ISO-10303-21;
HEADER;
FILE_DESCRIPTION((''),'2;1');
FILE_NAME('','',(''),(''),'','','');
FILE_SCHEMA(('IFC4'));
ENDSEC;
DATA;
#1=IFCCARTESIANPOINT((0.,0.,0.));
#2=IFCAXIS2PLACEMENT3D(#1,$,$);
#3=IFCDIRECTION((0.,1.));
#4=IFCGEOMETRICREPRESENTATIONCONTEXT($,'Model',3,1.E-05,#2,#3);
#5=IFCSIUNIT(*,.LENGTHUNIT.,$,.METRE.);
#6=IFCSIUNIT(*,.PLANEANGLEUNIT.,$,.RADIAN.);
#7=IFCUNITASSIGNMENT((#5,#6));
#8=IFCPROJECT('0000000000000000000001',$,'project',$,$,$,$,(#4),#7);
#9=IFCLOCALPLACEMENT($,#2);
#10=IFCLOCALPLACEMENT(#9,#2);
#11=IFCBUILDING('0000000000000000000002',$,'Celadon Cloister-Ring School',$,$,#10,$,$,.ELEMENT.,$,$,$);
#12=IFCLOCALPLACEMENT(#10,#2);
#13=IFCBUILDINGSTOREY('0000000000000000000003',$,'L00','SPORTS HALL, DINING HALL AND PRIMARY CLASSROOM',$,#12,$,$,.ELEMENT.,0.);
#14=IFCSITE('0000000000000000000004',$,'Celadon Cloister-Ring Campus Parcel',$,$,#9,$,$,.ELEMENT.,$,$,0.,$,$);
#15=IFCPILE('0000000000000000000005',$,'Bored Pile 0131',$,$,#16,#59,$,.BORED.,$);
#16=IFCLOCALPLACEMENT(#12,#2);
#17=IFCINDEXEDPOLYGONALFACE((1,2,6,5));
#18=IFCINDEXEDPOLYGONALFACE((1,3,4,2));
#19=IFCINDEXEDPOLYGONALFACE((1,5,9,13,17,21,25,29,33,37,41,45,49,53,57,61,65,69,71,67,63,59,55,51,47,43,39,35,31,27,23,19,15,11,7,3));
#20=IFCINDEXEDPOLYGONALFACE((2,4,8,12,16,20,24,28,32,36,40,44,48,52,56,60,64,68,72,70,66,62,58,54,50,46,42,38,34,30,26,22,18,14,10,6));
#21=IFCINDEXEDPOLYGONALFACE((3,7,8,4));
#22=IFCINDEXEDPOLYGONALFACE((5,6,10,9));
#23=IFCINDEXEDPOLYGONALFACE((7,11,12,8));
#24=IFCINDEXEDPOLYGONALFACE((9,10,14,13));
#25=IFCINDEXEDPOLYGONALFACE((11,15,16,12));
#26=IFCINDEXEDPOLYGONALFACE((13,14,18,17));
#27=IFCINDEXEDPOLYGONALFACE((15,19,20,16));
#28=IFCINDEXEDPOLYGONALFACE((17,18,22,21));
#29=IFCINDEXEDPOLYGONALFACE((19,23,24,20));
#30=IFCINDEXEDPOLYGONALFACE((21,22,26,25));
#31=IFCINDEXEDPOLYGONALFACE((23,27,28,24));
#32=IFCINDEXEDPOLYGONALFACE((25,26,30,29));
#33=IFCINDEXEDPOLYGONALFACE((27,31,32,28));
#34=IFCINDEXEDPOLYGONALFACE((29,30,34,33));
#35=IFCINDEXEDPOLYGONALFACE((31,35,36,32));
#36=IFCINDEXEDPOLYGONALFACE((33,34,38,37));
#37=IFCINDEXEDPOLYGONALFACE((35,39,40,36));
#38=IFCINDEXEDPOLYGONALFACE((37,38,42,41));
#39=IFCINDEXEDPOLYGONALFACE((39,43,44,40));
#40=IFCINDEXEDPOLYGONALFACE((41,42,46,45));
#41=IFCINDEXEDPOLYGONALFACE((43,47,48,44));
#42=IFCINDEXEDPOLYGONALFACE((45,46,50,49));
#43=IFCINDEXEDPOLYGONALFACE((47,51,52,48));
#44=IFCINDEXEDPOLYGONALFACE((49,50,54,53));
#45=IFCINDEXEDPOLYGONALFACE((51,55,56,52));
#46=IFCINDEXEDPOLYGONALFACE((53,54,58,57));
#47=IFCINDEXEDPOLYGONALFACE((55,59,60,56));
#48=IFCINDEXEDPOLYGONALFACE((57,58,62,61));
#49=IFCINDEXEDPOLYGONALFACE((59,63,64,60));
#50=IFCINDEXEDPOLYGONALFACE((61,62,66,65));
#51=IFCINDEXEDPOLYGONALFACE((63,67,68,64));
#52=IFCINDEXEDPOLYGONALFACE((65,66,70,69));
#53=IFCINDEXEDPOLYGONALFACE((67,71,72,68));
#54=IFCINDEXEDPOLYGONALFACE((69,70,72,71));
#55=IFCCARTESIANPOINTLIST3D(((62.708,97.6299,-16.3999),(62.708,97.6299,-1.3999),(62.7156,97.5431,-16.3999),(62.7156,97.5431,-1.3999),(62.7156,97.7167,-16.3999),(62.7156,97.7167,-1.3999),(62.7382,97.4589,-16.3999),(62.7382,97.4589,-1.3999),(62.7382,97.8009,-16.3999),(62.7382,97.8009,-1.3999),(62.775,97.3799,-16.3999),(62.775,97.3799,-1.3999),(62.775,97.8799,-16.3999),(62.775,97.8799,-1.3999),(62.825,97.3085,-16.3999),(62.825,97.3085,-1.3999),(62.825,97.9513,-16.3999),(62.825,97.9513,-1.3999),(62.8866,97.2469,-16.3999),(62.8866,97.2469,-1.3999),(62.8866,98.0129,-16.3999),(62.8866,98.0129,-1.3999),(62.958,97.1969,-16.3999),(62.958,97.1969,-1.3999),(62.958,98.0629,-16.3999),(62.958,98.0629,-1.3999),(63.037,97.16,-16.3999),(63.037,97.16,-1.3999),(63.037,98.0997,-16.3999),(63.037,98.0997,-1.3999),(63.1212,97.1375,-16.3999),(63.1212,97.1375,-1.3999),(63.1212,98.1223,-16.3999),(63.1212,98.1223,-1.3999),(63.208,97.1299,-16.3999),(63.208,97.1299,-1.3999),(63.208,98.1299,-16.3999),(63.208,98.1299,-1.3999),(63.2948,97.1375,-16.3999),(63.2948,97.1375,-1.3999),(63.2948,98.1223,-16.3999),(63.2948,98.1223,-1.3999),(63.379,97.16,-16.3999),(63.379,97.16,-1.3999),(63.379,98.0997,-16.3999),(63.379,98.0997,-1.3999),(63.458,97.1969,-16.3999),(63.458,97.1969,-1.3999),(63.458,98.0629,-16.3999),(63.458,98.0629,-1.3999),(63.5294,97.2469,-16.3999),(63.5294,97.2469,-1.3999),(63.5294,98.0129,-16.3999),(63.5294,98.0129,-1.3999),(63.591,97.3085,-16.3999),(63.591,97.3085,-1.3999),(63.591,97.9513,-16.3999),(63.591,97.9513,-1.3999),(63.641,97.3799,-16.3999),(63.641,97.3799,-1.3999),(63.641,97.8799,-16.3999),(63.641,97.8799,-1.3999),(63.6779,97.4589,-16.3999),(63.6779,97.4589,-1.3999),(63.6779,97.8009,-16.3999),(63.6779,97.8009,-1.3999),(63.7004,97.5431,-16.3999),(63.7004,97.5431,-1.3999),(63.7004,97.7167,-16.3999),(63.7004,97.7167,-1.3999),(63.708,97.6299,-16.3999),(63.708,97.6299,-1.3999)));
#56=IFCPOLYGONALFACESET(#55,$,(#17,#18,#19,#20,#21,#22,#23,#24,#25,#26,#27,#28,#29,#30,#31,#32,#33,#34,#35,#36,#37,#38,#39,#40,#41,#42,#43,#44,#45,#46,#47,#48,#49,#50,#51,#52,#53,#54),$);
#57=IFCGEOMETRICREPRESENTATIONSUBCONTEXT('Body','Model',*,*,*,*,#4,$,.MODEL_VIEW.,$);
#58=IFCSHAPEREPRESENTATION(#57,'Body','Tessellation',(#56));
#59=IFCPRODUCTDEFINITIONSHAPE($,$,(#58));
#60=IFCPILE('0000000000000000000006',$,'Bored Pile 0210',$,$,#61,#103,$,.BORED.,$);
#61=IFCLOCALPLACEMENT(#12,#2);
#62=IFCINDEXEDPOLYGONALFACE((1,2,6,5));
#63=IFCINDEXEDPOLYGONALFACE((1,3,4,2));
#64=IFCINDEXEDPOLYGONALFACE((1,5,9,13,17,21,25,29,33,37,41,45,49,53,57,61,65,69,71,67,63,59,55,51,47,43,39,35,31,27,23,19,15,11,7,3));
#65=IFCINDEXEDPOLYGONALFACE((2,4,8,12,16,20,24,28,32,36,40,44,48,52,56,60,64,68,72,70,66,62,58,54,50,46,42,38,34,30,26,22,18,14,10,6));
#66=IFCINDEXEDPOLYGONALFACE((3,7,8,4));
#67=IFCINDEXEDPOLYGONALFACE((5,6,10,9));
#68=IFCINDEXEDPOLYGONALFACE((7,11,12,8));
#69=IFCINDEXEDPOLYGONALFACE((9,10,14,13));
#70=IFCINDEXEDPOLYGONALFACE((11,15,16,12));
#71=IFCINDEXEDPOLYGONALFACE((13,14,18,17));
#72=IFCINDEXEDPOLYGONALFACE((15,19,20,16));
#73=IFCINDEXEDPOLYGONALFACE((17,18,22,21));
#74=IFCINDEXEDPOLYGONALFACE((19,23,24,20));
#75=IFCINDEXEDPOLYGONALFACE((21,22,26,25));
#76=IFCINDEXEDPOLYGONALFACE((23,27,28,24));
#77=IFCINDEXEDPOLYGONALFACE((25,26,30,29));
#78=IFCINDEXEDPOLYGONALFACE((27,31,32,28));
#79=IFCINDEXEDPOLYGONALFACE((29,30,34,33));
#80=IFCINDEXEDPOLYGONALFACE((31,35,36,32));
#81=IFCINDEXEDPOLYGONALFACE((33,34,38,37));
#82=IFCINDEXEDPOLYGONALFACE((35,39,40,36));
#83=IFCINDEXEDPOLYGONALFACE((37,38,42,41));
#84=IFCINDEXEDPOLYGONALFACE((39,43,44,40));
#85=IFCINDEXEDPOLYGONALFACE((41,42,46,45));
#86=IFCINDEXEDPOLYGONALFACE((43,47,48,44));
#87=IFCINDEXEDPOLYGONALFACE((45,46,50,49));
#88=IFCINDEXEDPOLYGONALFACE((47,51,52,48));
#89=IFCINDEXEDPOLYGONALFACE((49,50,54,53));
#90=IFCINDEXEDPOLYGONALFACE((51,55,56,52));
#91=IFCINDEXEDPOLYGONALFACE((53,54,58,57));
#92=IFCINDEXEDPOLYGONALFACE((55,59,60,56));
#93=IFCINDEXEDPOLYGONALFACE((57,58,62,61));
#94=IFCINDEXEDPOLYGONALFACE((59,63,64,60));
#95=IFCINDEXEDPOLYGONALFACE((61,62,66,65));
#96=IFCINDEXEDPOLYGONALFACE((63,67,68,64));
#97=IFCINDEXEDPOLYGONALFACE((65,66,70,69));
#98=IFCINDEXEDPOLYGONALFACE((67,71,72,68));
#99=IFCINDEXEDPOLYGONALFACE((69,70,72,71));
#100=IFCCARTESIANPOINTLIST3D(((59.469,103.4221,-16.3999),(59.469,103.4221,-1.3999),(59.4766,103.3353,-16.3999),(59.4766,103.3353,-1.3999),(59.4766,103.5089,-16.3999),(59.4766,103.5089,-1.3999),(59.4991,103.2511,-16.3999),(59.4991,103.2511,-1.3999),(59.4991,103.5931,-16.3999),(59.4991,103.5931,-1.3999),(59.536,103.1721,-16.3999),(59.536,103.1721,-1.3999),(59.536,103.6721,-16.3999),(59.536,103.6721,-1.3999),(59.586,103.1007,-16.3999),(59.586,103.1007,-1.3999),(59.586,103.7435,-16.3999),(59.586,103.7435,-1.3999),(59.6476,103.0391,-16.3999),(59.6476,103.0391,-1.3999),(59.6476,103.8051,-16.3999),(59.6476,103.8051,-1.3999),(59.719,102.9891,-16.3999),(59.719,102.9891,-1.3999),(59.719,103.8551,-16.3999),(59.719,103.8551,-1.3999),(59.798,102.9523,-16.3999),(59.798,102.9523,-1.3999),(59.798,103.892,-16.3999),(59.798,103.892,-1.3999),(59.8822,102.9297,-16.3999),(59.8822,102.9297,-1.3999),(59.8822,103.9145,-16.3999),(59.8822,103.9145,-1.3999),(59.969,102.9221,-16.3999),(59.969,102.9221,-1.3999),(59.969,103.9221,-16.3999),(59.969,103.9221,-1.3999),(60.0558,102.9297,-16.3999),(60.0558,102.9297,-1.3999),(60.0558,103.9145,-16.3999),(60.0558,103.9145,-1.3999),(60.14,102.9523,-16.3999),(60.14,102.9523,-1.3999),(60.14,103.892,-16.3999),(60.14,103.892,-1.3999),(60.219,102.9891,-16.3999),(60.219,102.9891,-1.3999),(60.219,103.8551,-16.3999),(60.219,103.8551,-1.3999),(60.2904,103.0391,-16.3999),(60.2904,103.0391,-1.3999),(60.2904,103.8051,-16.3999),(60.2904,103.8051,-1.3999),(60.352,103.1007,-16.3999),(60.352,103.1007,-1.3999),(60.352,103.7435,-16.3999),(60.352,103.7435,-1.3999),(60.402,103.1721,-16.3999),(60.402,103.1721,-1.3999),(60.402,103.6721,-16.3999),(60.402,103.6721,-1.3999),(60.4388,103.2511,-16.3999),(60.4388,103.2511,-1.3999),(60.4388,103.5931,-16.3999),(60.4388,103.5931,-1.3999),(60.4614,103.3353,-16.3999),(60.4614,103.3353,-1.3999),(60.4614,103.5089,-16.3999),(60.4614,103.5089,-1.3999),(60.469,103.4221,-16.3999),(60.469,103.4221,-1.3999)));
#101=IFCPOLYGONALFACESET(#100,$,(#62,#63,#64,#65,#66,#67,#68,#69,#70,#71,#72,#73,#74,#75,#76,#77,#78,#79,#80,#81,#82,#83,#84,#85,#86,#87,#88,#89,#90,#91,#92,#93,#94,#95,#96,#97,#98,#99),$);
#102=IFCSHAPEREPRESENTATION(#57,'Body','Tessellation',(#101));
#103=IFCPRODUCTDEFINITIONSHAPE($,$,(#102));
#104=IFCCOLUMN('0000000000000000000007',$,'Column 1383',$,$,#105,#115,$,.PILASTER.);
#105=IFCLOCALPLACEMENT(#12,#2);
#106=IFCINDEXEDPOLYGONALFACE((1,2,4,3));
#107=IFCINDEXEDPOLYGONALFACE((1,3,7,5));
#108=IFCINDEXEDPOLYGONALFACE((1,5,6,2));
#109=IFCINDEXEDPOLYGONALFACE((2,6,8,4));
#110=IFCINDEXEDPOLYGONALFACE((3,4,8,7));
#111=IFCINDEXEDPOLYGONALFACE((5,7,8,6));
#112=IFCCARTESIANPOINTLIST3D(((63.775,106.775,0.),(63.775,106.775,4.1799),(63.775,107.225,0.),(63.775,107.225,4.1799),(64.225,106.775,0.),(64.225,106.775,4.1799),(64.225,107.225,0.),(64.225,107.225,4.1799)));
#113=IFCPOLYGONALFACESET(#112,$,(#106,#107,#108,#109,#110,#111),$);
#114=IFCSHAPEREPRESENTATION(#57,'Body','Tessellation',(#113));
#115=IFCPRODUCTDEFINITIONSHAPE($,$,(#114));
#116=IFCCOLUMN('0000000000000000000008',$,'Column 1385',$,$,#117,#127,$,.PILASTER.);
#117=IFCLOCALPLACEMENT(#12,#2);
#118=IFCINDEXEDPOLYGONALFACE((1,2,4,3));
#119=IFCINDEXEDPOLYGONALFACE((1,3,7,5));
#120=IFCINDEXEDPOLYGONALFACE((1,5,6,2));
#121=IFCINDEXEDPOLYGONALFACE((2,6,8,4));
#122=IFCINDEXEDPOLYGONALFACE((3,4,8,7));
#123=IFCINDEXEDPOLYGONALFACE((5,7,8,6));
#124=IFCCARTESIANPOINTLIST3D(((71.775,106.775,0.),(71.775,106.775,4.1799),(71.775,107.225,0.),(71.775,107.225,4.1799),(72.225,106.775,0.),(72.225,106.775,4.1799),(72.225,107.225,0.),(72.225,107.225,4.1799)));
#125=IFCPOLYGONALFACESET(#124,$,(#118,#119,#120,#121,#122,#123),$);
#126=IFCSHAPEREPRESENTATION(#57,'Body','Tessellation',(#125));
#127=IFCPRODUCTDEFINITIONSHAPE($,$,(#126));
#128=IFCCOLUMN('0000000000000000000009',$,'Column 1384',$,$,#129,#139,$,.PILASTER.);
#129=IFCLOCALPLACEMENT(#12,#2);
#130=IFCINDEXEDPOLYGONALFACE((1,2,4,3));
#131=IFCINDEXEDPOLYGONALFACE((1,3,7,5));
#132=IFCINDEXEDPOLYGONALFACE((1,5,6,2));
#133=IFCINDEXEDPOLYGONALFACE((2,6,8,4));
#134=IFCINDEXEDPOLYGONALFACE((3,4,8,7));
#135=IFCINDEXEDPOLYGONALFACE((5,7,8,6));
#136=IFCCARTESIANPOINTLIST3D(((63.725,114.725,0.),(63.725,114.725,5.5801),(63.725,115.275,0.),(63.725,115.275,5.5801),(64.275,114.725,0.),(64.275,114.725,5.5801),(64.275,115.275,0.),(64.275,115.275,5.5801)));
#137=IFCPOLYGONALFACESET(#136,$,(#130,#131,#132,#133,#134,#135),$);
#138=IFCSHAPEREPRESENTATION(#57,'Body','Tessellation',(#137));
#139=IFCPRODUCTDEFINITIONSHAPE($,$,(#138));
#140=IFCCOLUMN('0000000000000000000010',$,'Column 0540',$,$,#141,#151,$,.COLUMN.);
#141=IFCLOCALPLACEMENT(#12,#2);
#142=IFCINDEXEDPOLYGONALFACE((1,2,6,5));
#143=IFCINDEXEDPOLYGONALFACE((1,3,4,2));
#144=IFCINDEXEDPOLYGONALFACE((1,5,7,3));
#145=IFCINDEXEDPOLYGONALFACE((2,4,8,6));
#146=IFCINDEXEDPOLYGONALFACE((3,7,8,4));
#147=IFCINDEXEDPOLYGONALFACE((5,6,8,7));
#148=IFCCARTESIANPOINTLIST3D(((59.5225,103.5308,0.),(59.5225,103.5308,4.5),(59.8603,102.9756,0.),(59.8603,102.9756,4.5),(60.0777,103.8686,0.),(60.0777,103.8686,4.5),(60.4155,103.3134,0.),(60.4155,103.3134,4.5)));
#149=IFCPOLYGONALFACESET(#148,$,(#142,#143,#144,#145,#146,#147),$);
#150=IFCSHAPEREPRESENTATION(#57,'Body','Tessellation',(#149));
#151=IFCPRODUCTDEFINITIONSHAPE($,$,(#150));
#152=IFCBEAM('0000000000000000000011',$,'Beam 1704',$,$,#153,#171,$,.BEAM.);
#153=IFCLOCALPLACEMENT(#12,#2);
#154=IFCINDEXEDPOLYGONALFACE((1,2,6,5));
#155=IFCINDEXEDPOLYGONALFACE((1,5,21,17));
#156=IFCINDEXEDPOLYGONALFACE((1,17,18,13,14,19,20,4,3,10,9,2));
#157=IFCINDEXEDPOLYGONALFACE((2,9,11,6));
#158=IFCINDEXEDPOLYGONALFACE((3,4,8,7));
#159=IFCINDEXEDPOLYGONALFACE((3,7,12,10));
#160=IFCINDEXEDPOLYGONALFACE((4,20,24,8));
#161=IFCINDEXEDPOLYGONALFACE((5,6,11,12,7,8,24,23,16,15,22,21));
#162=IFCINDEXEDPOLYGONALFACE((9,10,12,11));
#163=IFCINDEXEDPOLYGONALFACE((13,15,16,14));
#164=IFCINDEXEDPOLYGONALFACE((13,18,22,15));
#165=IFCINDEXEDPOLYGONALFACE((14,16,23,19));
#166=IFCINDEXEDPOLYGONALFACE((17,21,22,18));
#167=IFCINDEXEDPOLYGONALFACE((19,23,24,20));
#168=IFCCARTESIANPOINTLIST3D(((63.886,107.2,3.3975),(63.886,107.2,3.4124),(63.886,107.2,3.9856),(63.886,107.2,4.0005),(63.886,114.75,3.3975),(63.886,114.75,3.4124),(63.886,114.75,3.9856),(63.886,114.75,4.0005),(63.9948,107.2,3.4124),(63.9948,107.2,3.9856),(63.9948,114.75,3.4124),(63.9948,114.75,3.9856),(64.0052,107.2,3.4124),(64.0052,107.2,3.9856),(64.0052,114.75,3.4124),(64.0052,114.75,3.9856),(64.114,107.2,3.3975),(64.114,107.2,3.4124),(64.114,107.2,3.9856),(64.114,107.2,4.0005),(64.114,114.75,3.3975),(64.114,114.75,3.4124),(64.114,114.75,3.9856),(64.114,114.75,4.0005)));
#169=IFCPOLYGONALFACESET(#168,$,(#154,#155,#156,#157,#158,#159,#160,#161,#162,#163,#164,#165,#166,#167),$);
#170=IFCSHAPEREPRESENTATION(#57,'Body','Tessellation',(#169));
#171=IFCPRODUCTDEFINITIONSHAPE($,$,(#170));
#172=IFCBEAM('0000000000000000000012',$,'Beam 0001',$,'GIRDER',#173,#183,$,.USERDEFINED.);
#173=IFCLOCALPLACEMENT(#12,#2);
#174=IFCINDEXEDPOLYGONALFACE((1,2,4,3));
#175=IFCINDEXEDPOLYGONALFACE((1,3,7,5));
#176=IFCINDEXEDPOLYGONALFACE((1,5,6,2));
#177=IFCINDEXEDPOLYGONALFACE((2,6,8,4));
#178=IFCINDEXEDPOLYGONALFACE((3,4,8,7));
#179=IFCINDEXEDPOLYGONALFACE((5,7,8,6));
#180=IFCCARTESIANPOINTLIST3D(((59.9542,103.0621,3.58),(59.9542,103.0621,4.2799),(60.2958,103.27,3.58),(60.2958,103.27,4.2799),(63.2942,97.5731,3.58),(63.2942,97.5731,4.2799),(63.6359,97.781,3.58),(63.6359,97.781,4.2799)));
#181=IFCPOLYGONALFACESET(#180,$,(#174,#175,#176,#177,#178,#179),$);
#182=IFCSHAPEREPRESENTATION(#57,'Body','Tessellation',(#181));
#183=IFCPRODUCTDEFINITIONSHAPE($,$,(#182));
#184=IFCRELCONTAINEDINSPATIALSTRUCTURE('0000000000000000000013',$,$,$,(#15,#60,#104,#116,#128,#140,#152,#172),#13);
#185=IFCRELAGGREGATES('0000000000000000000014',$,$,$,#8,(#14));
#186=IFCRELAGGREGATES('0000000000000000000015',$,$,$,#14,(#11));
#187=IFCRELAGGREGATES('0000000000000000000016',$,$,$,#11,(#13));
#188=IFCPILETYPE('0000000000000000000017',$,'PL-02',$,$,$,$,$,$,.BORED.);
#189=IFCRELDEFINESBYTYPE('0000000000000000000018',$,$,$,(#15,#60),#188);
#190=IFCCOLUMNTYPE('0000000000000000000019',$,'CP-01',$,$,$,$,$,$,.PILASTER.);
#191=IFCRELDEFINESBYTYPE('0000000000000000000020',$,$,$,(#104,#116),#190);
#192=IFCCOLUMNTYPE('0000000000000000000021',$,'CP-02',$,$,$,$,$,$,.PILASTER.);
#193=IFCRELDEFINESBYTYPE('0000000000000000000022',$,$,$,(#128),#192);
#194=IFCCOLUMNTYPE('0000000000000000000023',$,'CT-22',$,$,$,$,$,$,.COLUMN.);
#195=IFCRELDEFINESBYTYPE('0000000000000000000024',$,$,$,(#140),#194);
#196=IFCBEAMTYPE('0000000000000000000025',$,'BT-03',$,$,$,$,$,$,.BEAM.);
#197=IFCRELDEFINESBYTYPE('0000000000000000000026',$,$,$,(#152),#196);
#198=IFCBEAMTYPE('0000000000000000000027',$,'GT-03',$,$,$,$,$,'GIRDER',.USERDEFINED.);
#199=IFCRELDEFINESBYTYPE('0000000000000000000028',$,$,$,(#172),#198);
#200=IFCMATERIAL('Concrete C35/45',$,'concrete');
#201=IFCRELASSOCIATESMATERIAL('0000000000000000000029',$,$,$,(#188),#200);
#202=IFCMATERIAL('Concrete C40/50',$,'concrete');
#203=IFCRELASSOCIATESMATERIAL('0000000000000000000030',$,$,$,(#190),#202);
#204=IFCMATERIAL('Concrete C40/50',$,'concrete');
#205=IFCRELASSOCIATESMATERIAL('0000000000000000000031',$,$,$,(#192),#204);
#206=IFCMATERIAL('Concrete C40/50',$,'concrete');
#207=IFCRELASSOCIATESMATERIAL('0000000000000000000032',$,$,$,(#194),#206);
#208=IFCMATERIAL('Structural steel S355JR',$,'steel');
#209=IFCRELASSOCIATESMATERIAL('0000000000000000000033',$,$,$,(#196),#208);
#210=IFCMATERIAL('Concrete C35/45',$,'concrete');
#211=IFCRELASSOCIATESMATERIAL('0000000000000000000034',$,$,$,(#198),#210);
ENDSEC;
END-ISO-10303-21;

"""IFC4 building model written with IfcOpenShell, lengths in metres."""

from ifc_helpers import new_model, si_unit, direction, frame, origin, origin_2d, place, context, subcontext, project, spatial, rectangle, circle, i_section, extrude, material, material_profile, profile_set, type_object, element, save


model = new_model("IFC4")

# Units and contexts
model_context = context("Model", 3, precision=1e-05, world=origin(), true_north=direction((0.0, 1.0)))
body_context = subcontext(model_context, "Body", "Model", "MODEL_VIEW")
ifc_project = project(units=[si_unit("LENGTHUNIT", "METRE"), si_unit("PLANEANGLEUNIT", "RADIAN")], contexts=[model_context])

# Site, building, storey
site_placement = place(None, origin())
site = spatial("IfcSite", under=ifc_project, at=site_placement, Name="Celadon Cloister-Ring Campus Parcel", CompositionType="ELEMENT", RefElevation=0.0)
building_placement = place(site_placement, origin())
building = spatial("IfcBuilding", under=site, at=building_placement, Name="Celadon Cloister-Ring School", CompositionType="ELEMENT")
storey_placement = place(building_placement, origin())
storey = spatial("IfcBuildingStorey", under=building, at=storey_placement, Name="L00", Description="SPORTS HALL, DINING HALL AND PRIMARY CLASSROOM", CompositionType="ELEMENT", Elevation=0.0)

# Piles
ifc_material_1 = material(Name="Concrete C35/45", Category="concrete")
ifc_material_profile_1 = material_profile(ifc_material_1, circle(Radius=0.5, at=origin_2d()), Name="PILE1000")
ifc_profile_set_1 = profile_set([ifc_material_profile_1], Name="Concrete C35/45")
pile_type_1 = type_object("IfcPileType", Name="PL-02", PredefinedType="BORED", material=ifc_profile_set_1)
for number, where, z_axis, x_axis, name in (
    (1, (63.208, 97.6299, -1.3999), (0.0, 0.0, -1.0), (1.0, 0.0, 0.0), "Bored Pile 0131"),
    (2, (59.969, 103.4221, -1.3999), (0.0, 0.0, -1.0), (1.0, 0.0, 0.0), "Bored Pile 0210"),
):
    element("IfcPile", number, at=place(storey_placement, frame(where, z_axis=z_axis, x_axis=x_axis)), inside=storey, type_object=pile_type_1, Name=name, PredefinedType="BORED", context=body_context, shape_type="SweptSolid", body=[
        extrude(circle(Radius=0.5, at=origin_2d()), origin(), (0.0, 0.0, 1.0), 15.0),
    ])

# Columns
ifc_material_2 = material(Name="Concrete C40/50", Category="concrete")
ifc_material_profile_2 = material_profile(ifc_material_2, rectangle(XDim=0.45, YDim=0.45, at=origin_2d()), Name="RC450X450")
ifc_profile_set_2 = profile_set([ifc_material_profile_2], Name="Concrete C40/50")
column_type_1 = type_object("IfcColumnType", Name="CP-01", PredefinedType="PILASTER", material=ifc_profile_set_2)
for number, where, z_axis, x_axis, name in (
    (3, (64.0, 107.0, 0.0), (0.0, 0.0, 1.0), (1.0, 0.0, 0.0), "Column 1383"),
    (4, (72.0, 107.0, 0.0), (0.0, 0.0, 1.0), (1.0, 0.0, 0.0), "Column 1385"),
):
    element("IfcColumn", number, at=place(storey_placement, frame(where, z_axis=z_axis, x_axis=x_axis)), inside=storey, type_object=column_type_1, Name=name, PredefinedType="PILASTER", context=body_context, shape_type="SweptSolid", body=[
        extrude(rectangle(XDim=0.45, YDim=0.45, at=origin_2d()), origin(), (0.0, 0.0, 1.0), 4.1799),
    ])
ifc_material_3 = material(Name="Concrete C40/50", Category="concrete")
ifc_material_profile_3 = material_profile(ifc_material_3, rectangle(XDim=0.55, YDim=0.55, at=origin_2d()), Name="RC550X550")
ifc_profile_set_3 = profile_set([ifc_material_profile_3], Name="Concrete C40/50")
column_type_2 = type_object("IfcColumnType", Name="CP-02", PredefinedType="PILASTER", material=ifc_profile_set_3)
column_1_placement = place(storey_placement, frame((64.0, 115.0, 0.0), z_axis=(0.0, 0.0, 1.0), x_axis=(1.0, 0.0, 0.0)))
element("IfcColumn", 5, at=column_1_placement, inside=storey, type_object=column_type_2, Name="Column 1384", PredefinedType="PILASTER", context=body_context, shape_type="SweptSolid", body=[
    extrude(rectangle(XDim=0.55, YDim=0.55, at=origin_2d()), origin(), (0.0, 0.0, 1.0), 5.5801),
])
ifc_material_4 = material(Name="Concrete C40/50", Category="concrete")
ifc_material_profile_4 = material_profile(ifc_material_4, rectangle(XDim=0.6499, YDim=0.6499, at=origin_2d()), Name="RC650X650")
ifc_profile_set_4 = profile_set([ifc_material_profile_4], Name="Concrete C40/50")
column_type_3 = type_object("IfcColumnType", Name="CT-22", PredefinedType="COLUMN", material=ifc_profile_set_4)
column_2_placement = place(storey_placement, frame((59.969, 103.4221, 0.0), z_axis=(0.0, 0.0, 1.0), x_axis=(-0.519817, 0.854277, 0.0)))
element("IfcColumn", 6, at=column_2_placement, inside=storey, type_object=column_type_3, Name="Column 0540", PredefinedType="COLUMN", context=body_context, shape_type="SweptSolid", body=[
    extrude(rectangle(XDim=0.6499, YDim=0.6499, at=origin_2d()), origin(), (0.0, 0.0, 1.0), 4.5),
])

# Beams
ifc_material_5 = material(Name="Structural steel S355JR", Category="steel")
ifc_material_profile_5 = material_profile(ifc_material_5, i_section(OverallWidth=0.228, OverallDepth=0.603, WebThickness=0.0105, FlangeThickness=0.0149, at=origin_2d()), Name="W610X101")
ifc_profile_set_5 = profile_set([ifc_material_profile_5], Name="Structural steel S355JR")
beam_type_1 = type_object("IfcBeamType", Name="BT-03", PredefinedType="BEAM", material=ifc_profile_set_5)
beam_1_placement = place(storey_placement, frame((64.0, 107.2, 3.699), z_axis=(0.0, 1.0, 0.0), x_axis=(-1.0, 0.0, 0.0)))
element("IfcBeam", 7, at=beam_1_placement, inside=storey, type_object=beam_type_1, Name="Beam 1704", PredefinedType="BEAM", context=body_context, shape_type="SweptSolid", body=[
    extrude(i_section(OverallWidth=0.228, OverallDepth=0.603, WebThickness=0.0105, FlangeThickness=0.0149, at=origin_2d()), origin(), (0.0, 0.0, 1.0), 7.55),
])
ifc_material_6 = material(Name="Concrete C35/45", Category="concrete")
ifc_material_profile_6 = material_profile(ifc_material_6, rectangle(XDim=0.3999, YDim=0.7, at=origin_2d()), Name="RC400X700")
ifc_profile_set_6 = profile_set([ifc_material_profile_6], Name="Concrete C35/45")
beam_type_2 = type_object("IfcBeamType", Name="GT-03", ElementType="GIRDER", PredefinedType="USERDEFINED", material=ifc_profile_set_6)
beam_2_placement = place(storey_placement, frame((60.125, 103.166, 3.9299), z_axis=(0.519828, -0.854271, 0.0), x_axis=(0.854271, 0.519828, 0.0)))
element("IfcBeam", 8, at=beam_2_placement, inside=storey, type_object=beam_type_2, Name="Beam 0001", ObjectType="GIRDER", PredefinedType="USERDEFINED", context=body_context, shape_type="SweptSolid", body=[
    extrude(rectangle(XDim=0.3999, YDim=0.7, at=origin_2d()), origin(), (0.0, 0.0, 1.0), 6.4253),
])

save(model, "model.ifc")
